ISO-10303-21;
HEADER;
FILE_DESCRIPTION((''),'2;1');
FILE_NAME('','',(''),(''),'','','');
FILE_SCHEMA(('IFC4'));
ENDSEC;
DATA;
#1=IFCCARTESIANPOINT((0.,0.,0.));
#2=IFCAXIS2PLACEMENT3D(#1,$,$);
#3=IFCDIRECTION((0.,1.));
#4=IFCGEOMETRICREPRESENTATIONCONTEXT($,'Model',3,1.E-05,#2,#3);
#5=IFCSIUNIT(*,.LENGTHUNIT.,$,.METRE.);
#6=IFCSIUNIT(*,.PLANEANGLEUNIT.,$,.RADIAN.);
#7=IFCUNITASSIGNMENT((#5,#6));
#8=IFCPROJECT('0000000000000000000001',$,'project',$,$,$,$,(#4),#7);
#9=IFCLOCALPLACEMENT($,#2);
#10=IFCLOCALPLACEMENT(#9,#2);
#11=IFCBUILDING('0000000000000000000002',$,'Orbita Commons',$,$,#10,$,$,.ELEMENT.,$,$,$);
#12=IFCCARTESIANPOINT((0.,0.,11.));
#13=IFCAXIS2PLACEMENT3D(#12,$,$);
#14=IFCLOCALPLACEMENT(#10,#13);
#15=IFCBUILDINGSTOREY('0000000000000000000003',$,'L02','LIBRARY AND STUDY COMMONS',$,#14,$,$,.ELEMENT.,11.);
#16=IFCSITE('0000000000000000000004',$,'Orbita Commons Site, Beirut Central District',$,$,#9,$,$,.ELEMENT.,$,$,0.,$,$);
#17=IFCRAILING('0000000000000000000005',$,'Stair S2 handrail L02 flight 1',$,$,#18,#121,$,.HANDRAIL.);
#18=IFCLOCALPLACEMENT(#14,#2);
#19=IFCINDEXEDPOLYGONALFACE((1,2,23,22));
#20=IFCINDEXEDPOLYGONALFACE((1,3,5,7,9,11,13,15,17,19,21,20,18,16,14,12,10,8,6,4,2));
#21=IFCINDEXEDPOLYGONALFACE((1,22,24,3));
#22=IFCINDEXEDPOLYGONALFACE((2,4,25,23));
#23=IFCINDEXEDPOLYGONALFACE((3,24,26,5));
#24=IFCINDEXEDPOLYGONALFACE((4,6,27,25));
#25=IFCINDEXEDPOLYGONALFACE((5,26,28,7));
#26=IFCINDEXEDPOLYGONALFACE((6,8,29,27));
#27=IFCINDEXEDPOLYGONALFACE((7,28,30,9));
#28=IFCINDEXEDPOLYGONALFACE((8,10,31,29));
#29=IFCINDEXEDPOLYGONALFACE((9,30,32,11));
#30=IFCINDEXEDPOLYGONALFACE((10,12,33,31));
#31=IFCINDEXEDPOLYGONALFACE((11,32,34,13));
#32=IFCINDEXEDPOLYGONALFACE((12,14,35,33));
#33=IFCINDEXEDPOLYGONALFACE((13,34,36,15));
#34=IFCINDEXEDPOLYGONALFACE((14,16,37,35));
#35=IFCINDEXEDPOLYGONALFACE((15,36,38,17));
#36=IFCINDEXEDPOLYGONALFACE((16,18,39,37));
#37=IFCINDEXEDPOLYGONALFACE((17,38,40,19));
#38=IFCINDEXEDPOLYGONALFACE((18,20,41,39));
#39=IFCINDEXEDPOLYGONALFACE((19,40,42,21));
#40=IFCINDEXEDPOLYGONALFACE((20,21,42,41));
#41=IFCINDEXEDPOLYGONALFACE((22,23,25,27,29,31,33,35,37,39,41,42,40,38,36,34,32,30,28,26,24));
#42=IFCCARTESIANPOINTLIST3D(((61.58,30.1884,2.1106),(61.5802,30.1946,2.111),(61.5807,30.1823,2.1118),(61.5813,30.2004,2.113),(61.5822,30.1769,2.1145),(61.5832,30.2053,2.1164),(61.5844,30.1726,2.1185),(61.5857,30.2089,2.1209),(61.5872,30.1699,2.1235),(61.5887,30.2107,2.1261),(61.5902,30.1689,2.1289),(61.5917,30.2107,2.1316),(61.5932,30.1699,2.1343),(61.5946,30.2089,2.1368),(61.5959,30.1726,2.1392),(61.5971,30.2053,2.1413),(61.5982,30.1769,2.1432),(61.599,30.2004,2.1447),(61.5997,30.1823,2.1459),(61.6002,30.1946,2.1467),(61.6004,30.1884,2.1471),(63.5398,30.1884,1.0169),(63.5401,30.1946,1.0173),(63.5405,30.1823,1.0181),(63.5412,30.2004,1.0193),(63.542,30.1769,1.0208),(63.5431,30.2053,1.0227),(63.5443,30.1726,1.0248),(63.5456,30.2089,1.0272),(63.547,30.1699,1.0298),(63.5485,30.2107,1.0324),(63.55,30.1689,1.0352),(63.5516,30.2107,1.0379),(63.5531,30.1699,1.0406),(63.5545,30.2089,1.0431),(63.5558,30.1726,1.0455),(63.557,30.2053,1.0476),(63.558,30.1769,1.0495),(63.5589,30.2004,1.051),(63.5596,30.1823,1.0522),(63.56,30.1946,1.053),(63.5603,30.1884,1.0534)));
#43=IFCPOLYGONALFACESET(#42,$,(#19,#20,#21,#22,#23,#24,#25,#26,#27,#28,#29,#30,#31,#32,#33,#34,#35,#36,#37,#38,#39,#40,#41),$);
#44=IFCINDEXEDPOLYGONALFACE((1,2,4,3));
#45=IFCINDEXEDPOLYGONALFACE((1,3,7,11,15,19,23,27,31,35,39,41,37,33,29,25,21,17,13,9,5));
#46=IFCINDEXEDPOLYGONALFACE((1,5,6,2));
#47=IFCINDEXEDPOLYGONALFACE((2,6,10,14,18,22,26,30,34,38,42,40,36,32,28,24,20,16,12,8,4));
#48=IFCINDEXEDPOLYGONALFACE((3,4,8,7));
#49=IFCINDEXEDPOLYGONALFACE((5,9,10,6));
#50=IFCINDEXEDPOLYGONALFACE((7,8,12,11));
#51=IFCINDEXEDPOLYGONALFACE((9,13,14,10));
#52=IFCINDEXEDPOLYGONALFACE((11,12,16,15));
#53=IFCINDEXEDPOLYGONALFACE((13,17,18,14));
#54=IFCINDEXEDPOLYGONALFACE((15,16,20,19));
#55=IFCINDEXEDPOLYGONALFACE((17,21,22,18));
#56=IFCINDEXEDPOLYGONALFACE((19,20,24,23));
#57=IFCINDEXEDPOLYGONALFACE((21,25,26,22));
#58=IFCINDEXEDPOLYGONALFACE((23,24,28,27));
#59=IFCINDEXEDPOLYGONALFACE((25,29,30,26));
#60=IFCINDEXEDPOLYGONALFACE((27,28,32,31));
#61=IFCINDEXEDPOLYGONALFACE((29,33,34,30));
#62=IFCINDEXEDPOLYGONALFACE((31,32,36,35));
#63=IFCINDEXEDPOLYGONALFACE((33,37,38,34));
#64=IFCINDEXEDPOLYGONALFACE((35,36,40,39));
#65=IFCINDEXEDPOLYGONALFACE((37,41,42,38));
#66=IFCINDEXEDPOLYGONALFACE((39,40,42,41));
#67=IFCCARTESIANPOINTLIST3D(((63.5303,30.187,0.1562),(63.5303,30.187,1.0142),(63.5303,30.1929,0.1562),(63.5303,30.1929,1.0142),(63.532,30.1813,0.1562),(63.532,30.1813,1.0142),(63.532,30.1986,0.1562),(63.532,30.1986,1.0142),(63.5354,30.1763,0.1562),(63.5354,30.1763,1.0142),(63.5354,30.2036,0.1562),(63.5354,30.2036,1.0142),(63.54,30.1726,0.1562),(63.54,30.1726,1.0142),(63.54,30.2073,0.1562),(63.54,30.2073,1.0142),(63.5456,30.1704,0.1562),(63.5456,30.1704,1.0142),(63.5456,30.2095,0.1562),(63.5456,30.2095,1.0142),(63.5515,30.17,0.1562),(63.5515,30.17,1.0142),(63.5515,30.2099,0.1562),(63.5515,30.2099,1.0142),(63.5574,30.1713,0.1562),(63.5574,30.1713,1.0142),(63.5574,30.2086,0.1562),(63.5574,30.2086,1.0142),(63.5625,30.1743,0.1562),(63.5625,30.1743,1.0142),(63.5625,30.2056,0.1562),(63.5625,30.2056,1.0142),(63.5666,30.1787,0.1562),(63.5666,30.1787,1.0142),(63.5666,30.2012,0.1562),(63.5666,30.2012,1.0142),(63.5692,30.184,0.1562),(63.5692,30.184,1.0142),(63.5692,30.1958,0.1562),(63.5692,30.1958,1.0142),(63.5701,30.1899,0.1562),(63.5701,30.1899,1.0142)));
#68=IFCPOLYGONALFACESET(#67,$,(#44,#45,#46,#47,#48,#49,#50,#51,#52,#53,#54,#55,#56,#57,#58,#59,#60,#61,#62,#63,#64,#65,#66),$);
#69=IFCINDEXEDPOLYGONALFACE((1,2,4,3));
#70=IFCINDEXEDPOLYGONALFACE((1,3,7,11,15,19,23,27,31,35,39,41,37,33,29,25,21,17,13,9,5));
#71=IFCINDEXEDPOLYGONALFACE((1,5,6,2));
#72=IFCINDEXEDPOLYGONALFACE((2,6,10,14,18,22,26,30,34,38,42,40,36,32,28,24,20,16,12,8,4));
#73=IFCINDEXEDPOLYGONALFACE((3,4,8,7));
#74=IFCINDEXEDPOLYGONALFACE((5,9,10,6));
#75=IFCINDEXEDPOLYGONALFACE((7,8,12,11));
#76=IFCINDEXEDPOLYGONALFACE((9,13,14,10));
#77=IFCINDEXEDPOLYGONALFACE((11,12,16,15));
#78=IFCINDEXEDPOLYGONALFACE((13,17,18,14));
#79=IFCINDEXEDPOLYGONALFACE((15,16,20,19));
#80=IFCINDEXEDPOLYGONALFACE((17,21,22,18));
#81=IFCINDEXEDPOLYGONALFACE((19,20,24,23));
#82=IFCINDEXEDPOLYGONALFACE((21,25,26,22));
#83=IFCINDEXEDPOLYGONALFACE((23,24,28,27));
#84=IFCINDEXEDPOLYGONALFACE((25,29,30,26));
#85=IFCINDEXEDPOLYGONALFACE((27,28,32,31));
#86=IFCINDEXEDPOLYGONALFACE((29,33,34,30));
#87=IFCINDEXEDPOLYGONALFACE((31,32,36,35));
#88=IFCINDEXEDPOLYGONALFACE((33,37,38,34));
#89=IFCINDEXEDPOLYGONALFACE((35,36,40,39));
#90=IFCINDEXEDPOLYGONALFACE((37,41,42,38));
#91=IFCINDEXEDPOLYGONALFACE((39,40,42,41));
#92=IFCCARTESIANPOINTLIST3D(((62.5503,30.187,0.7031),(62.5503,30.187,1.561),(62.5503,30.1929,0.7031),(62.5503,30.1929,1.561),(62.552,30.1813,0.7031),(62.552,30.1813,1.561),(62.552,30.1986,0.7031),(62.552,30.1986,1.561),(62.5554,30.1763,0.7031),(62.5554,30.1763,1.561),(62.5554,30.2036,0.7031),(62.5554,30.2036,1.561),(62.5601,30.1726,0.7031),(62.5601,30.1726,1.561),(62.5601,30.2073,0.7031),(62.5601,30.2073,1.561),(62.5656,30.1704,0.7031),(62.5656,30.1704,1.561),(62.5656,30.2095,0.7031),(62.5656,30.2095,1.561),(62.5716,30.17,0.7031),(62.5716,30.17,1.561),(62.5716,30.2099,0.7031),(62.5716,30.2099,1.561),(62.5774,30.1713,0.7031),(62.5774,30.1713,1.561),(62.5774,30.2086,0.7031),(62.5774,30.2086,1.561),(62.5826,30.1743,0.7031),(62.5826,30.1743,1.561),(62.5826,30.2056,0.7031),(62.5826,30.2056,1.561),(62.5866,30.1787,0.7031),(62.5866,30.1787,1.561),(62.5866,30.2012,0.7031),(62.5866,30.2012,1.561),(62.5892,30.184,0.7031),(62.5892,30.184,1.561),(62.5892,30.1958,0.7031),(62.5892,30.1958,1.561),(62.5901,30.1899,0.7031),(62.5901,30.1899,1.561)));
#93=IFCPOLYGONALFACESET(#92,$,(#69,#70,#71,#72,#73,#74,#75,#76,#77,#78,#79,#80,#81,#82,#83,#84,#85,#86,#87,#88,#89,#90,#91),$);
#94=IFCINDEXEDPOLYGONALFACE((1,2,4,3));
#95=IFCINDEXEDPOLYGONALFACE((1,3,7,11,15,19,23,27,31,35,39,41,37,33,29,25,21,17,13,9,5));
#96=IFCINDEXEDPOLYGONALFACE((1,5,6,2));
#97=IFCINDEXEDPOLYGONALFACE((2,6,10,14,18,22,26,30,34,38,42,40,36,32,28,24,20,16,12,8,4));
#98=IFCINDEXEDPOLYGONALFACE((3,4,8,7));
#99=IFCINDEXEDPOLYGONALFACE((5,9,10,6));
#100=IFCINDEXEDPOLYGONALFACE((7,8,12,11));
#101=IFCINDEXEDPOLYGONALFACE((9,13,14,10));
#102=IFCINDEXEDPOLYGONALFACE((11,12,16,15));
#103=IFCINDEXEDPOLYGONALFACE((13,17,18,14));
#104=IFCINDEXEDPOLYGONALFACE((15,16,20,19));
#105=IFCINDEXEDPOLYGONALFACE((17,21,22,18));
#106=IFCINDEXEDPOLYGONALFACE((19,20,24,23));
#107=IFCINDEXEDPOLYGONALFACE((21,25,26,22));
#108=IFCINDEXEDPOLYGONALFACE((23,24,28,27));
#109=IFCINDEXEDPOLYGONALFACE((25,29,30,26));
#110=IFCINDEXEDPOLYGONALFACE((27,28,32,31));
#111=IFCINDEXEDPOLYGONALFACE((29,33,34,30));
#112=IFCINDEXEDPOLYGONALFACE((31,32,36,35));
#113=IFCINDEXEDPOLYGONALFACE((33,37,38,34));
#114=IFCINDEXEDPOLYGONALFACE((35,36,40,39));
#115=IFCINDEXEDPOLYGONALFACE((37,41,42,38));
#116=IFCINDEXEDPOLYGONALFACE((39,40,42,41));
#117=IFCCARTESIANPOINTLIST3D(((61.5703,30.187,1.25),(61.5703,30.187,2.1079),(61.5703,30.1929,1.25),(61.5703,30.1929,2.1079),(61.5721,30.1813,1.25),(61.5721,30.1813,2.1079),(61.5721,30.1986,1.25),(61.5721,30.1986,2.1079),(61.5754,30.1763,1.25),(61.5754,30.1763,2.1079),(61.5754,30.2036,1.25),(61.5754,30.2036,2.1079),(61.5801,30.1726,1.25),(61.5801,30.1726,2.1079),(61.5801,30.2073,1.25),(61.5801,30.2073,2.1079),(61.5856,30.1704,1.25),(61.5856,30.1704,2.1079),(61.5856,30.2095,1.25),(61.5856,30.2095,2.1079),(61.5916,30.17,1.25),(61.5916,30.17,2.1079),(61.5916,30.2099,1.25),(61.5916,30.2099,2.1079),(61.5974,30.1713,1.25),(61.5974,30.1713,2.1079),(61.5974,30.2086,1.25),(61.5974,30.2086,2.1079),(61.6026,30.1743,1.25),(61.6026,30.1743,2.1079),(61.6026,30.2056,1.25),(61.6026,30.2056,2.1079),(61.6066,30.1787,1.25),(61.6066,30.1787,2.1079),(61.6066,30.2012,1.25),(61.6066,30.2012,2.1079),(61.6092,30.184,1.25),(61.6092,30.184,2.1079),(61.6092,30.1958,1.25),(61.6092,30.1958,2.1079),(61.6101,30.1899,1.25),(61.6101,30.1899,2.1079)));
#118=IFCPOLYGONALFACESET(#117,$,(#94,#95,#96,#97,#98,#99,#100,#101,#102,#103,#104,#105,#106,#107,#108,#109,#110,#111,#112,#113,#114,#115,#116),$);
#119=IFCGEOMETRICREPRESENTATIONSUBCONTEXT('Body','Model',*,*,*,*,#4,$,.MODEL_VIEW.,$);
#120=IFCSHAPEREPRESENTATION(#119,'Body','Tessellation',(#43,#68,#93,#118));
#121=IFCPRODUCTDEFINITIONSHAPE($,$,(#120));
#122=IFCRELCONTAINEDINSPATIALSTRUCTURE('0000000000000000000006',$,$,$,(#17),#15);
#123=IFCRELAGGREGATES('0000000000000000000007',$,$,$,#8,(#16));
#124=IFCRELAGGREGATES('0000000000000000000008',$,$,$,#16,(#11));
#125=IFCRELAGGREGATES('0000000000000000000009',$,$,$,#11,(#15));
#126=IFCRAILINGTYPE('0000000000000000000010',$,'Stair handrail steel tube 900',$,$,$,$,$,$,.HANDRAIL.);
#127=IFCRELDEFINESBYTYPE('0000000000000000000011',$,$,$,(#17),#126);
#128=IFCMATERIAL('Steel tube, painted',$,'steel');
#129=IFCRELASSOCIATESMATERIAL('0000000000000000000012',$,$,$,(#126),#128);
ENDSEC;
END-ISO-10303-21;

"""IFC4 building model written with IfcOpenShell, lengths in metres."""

from ifc_helpers import new_model, si_unit, direction, frame, origin, origin_2d, place, context, subcontext, project, spatial, circle, extrude, material, type_object, element, save


model = new_model("IFC4")

# Units and contexts
model_context = context("Model", 3, precision=1e-05, world=origin(), true_north=direction((0.0, 1.0)))
body_context = subcontext(model_context, "Body", "Model", "MODEL_VIEW")
ifc_project = project(units=[si_unit("LENGTHUNIT", "METRE"), si_unit("PLANEANGLEUNIT", "RADIAN")], contexts=[model_context])

# Site, building, storey
site_placement = place(None, origin())
site = spatial("IfcSite", under=ifc_project, at=site_placement, Name="Orbita Commons Site, Beirut Central District", CompositionType="ELEMENT", RefElevation=0.0)
building_placement = place(site_placement, origin())
building = spatial("IfcBuilding", under=site, at=building_placement, Name="Orbita Commons", CompositionType="ELEMENT")
storey_placement = place(building_placement, frame((0.0, 0.0, 11.0)))
storey = spatial("IfcBuildingStorey", under=building, at=storey_placement, Name="L02", Description="LIBRARY AND STUDY COMMONS", CompositionType="ELEMENT", Elevation=11.0)

# Railing
ifc_material_1 = material(Name="Steel tube, painted", Category="steel")
railing_type = type_object("IfcRailingType", Name="Stair handrail steel tube 900", PredefinedType="HANDRAIL", material=ifc_material_1)
for number, where, name in (
    (1, (63.55, 30.1899, 0.1562), "Stair S2 handrail L02 flight 1"),
):
    element("IfcRailing", number, at=place(storey_placement, frame(where)), inside=storey, type_object=railing_type, Name=name, PredefinedType="HANDRAIL", context=body_context, shape_type="SweptSolid", body=[
        extrude(circle(Radius=0.021, at=origin_2d()), frame((0.0, 0.0, 0.8789), z_axis=(-0.873232, 0.0, 0.487304), x_axis=(0.0, -1.0, 0.0)), (0.0, 0.0, 1.0), 2.2444),
        extrude(circle(Radius=0.02, at=origin_2d()), origin(), (0.0, 0.0, 1.0), 0.8579),
        extrude(circle(Radius=0.02, at=origin_2d()), frame((-0.98, 0.0, 0.5469)), (0.0, 0.0, 1.0), 0.8579),
        extrude(circle(Radius=0.02, at=origin_2d()), frame((-1.96, 0.0, 1.0938)), (0.0, 0.0, 1.0), 0.8579),
    ])

save(model, "model.ifc")
